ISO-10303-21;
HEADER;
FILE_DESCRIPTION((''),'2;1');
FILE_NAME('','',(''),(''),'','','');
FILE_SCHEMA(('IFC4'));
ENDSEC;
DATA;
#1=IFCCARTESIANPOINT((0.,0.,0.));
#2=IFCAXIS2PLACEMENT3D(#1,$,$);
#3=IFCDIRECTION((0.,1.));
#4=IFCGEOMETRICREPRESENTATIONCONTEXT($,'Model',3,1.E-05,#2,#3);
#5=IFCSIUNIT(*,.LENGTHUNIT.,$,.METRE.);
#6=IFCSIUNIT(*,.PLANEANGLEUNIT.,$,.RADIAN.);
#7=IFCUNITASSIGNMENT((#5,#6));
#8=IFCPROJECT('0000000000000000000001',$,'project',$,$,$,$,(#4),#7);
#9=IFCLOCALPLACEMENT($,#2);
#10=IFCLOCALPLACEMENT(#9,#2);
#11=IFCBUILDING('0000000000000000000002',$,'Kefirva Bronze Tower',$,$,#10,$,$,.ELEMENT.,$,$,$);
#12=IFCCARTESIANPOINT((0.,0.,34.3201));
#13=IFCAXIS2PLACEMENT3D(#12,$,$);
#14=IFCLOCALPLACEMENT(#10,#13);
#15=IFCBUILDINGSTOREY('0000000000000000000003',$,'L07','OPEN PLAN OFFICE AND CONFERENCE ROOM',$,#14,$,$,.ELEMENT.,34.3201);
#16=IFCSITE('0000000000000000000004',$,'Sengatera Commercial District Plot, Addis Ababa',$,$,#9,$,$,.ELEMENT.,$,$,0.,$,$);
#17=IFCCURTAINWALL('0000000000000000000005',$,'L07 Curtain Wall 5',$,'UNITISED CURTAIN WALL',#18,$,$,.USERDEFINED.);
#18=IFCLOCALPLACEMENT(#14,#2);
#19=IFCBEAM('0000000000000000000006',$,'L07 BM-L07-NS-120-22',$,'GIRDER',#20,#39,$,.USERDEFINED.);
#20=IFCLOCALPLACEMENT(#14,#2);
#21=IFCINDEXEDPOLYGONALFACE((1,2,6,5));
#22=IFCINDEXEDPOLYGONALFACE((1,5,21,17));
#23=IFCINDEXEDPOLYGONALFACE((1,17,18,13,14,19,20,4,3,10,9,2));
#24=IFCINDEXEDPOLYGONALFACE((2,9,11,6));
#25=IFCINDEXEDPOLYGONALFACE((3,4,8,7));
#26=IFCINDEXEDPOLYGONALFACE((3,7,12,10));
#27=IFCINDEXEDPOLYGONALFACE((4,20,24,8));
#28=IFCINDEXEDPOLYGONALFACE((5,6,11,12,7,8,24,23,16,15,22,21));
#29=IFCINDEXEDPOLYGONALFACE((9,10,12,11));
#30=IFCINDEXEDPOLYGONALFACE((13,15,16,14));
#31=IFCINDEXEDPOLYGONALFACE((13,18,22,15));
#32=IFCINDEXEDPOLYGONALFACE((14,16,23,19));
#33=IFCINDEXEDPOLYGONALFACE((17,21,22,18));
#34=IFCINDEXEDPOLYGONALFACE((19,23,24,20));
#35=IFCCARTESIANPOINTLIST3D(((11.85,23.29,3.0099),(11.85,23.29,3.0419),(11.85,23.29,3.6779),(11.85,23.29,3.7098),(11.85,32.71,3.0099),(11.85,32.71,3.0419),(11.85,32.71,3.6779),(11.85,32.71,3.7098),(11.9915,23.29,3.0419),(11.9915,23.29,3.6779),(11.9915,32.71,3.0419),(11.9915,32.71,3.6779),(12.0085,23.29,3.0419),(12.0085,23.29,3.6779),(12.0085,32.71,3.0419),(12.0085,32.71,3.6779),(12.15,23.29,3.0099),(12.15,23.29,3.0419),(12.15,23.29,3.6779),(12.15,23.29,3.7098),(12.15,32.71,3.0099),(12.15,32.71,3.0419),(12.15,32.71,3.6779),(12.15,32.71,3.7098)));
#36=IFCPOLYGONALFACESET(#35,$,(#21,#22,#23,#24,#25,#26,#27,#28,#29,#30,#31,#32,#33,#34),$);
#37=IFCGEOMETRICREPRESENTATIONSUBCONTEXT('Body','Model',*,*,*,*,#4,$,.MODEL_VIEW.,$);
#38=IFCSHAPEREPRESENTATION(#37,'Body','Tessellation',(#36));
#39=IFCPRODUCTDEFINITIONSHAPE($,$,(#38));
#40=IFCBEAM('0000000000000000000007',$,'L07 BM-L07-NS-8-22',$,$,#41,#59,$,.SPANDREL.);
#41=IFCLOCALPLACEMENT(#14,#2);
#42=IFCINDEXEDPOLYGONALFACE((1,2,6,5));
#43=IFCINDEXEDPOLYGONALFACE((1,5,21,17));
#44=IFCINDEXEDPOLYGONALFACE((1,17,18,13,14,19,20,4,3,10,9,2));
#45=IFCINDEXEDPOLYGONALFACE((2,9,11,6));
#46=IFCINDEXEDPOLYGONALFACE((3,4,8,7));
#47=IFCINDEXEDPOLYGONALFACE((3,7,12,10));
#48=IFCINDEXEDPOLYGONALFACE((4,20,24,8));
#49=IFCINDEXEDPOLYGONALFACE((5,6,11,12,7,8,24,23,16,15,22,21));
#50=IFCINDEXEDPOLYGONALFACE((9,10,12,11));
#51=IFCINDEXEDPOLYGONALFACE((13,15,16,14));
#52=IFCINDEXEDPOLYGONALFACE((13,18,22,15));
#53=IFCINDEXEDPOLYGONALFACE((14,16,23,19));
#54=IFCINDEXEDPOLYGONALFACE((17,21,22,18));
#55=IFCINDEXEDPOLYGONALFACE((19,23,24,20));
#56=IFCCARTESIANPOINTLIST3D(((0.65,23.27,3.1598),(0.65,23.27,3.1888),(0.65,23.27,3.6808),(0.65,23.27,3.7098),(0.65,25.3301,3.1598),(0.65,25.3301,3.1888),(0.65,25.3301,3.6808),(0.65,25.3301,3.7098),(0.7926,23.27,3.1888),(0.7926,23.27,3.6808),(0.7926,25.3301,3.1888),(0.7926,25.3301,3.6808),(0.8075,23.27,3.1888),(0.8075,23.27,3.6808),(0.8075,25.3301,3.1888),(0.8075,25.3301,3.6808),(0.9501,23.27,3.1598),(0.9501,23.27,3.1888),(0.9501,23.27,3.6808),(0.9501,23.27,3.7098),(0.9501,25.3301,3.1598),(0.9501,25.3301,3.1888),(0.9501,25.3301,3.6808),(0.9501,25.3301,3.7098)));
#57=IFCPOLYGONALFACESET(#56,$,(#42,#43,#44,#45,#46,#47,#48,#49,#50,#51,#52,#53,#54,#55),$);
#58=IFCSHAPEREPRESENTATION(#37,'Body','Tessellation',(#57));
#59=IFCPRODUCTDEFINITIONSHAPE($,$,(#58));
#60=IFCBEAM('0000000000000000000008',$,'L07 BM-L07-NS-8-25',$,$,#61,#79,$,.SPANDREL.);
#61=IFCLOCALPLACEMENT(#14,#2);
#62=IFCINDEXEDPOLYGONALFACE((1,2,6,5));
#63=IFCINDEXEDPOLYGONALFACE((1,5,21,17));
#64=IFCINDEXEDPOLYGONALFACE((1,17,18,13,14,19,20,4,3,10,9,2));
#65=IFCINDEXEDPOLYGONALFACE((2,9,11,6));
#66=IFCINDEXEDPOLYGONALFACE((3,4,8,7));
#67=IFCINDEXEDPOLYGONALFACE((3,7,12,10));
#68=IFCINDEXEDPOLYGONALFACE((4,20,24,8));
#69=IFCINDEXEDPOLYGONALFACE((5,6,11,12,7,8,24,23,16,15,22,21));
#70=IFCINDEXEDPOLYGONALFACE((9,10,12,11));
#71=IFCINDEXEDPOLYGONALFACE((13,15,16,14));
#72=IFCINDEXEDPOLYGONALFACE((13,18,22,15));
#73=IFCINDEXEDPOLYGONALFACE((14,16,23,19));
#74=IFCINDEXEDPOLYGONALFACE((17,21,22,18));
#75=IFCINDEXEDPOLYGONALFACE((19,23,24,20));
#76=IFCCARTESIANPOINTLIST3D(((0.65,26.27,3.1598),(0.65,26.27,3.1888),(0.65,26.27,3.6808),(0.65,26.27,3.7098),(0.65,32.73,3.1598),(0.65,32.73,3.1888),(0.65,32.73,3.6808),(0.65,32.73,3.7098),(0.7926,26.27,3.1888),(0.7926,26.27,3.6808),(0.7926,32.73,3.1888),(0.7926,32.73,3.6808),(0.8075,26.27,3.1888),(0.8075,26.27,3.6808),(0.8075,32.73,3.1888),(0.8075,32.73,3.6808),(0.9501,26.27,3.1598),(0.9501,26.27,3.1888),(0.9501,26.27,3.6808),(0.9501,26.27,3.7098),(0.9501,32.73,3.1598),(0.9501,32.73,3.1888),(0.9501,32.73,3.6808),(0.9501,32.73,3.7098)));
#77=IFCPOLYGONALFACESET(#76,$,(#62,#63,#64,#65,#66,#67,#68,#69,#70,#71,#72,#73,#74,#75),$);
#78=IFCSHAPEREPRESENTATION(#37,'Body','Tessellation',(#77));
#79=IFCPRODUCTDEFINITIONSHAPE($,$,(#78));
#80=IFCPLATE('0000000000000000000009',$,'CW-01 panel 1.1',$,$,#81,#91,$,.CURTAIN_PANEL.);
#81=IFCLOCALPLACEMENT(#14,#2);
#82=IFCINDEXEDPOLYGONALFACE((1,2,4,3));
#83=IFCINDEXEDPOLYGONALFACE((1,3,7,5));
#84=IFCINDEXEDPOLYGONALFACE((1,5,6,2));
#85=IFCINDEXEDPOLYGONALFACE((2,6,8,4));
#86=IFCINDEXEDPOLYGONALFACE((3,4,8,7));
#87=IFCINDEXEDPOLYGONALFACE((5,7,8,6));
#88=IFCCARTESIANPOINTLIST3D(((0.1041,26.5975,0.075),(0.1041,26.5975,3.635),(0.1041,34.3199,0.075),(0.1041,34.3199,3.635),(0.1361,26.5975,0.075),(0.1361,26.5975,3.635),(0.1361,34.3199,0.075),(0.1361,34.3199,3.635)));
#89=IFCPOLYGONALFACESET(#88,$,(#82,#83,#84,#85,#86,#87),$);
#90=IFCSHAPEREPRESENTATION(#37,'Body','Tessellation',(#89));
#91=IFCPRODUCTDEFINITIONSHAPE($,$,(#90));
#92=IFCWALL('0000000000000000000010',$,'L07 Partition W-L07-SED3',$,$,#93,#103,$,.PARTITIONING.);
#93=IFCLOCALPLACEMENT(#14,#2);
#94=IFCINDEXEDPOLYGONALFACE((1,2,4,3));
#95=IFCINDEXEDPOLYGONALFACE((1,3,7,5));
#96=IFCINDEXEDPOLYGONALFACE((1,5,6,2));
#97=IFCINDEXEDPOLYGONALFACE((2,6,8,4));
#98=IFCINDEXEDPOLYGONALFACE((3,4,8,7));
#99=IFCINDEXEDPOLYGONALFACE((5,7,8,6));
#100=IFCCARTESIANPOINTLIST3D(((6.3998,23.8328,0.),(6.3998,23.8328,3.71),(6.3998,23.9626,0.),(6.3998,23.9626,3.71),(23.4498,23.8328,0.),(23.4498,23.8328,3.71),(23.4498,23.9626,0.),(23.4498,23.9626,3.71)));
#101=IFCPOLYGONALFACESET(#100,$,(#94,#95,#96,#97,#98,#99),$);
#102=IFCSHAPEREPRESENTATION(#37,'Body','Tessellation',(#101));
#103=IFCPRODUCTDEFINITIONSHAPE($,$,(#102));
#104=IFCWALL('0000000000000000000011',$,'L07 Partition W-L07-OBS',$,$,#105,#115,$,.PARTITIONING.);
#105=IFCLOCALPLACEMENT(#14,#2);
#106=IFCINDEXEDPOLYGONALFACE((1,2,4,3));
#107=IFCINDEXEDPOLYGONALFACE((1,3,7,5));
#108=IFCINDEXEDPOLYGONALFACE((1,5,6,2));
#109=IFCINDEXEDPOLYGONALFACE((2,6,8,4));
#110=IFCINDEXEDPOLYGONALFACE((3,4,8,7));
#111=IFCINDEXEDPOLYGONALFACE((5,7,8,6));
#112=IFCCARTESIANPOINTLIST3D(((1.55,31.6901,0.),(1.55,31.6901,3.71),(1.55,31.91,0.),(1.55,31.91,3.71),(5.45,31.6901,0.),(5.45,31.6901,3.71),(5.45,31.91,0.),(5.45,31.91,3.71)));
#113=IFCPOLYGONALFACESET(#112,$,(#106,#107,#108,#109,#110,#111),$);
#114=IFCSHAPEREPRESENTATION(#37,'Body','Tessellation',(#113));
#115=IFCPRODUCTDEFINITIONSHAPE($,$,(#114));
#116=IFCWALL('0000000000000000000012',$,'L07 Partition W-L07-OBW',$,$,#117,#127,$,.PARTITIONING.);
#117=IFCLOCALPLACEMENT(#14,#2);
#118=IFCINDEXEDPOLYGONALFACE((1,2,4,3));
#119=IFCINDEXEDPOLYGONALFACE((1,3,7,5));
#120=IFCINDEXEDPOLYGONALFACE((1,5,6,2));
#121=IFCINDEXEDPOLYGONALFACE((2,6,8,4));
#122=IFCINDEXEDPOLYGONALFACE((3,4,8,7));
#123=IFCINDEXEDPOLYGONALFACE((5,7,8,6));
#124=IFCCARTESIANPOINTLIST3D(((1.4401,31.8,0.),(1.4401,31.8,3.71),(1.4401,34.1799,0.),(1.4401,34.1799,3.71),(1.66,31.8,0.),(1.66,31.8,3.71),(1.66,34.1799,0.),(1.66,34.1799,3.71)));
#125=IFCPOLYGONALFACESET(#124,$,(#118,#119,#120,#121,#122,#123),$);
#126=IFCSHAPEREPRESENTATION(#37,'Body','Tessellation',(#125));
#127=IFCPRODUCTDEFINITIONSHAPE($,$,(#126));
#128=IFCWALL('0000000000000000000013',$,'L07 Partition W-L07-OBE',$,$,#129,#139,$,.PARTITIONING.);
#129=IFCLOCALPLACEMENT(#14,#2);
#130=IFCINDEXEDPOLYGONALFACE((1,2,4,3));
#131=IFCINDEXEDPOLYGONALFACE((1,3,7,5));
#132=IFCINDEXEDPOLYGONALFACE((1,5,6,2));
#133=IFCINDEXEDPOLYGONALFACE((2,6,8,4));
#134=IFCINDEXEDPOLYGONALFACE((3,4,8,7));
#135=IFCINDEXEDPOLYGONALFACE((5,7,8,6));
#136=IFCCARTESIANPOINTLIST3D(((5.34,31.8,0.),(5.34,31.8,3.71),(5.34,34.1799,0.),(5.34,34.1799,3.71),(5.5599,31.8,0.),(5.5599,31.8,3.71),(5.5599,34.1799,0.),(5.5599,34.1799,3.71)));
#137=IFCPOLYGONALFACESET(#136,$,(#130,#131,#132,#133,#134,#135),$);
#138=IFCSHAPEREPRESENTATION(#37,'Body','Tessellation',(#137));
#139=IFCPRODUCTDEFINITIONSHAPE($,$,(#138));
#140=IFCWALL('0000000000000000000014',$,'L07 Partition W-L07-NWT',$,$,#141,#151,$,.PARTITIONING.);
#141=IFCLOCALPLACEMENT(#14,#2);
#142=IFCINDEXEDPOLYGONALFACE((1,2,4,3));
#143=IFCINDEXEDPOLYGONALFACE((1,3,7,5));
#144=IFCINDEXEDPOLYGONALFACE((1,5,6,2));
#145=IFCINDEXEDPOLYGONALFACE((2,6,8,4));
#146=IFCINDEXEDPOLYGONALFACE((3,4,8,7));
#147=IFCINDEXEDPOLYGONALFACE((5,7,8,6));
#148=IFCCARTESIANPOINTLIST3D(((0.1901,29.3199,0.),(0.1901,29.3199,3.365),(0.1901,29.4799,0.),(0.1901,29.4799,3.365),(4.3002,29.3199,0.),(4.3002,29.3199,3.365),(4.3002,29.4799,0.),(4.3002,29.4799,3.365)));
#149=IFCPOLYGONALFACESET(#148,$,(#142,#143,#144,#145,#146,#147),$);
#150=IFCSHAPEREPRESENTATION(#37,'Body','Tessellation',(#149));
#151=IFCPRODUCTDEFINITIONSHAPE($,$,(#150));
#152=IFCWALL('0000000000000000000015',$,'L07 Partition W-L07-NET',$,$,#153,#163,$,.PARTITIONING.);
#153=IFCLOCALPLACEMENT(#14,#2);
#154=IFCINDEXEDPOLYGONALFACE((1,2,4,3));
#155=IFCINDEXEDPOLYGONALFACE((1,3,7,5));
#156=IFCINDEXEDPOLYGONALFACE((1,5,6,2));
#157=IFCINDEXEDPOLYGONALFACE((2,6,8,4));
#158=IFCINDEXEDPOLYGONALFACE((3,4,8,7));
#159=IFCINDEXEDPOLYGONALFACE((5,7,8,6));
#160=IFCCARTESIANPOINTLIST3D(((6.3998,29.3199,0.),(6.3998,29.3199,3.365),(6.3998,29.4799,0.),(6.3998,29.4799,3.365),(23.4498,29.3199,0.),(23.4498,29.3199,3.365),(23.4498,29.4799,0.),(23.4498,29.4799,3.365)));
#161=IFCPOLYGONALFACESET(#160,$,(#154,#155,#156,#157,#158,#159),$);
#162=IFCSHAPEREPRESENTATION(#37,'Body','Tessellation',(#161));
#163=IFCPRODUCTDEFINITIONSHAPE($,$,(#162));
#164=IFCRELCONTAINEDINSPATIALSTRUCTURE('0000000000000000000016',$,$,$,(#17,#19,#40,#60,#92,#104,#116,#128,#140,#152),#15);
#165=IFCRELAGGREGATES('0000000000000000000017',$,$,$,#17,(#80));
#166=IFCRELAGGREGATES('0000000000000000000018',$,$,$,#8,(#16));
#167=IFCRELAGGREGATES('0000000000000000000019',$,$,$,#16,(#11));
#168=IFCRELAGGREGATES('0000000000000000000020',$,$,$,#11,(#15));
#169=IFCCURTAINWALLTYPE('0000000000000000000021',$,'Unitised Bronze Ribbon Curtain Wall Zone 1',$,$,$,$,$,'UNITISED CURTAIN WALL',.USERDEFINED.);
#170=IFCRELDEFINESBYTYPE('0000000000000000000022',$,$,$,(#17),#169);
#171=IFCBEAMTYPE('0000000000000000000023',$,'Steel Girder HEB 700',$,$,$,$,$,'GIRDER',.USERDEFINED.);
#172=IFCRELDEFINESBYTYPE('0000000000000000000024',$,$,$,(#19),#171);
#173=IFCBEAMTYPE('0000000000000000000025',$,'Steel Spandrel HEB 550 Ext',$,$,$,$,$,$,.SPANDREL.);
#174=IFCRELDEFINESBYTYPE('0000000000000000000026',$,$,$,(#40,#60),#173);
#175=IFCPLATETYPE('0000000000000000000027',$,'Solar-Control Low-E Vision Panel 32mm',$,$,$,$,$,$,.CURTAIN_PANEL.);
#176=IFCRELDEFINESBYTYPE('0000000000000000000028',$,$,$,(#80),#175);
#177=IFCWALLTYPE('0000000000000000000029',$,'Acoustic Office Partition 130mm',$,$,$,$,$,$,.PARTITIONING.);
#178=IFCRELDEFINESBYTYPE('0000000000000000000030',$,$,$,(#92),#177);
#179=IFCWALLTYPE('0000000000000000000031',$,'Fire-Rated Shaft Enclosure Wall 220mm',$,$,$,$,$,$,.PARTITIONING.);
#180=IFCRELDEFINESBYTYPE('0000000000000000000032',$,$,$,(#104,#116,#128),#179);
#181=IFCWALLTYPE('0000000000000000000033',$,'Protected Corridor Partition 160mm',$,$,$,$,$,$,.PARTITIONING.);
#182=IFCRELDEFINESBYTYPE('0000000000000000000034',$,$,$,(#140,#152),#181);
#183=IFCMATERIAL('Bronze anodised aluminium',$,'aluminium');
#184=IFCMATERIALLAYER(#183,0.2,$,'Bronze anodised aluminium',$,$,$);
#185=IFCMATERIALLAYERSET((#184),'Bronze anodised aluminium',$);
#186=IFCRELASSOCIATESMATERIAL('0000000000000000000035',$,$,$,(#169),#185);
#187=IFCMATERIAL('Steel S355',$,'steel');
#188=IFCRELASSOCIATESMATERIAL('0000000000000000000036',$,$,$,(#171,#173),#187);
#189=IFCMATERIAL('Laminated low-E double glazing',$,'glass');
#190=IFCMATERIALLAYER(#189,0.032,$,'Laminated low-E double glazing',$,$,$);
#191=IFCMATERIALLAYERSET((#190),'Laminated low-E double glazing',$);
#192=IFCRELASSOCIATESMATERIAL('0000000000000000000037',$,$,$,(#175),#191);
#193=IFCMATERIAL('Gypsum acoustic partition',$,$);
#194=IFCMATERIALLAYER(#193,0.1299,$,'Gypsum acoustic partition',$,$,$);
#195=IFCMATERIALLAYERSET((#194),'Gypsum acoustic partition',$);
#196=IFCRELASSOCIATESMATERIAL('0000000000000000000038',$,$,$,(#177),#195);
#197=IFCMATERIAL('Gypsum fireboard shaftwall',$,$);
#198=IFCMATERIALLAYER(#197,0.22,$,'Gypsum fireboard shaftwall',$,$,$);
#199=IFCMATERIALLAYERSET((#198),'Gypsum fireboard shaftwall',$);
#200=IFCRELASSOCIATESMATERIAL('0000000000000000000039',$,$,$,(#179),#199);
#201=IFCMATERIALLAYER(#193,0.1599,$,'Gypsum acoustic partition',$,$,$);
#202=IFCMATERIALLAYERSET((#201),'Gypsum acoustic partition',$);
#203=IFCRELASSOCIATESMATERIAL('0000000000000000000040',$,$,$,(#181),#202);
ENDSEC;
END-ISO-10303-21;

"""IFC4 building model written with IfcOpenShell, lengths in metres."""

from ifc_helpers import new_model, si_unit, direction, frame, frame_2d, origin, origin_2d, place, context, subcontext, project, spatial, rectangle, i_section, extrude, material, layer, layer_set, material_profile, profile_set, type_object, element, aggregate, save


model = new_model("IFC4")

# Units and contexts
model_context = context("Model", 3, precision=1e-05, world=origin(), true_north=direction((0.0, 1.0)))
body_context = subcontext(model_context, "Body", "Model", "MODEL_VIEW")
ifc_project = project(units=[si_unit("LENGTHUNIT", "METRE"), si_unit("PLANEANGLEUNIT", "RADIAN")], contexts=[model_context])

# Site, building, storey
site_placement = place(None, origin())
site = spatial("IfcSite", under=ifc_project, at=site_placement, Name="Sengatera Commercial District Plot, Addis Ababa", CompositionType="ELEMENT", RefElevation=0.0)
building_placement = place(site_placement, origin())
building = spatial("IfcBuilding", under=site, at=building_placement, Name="Kefirva Bronze Tower", CompositionType="ELEMENT")
storey_placement = place(building_placement, frame((0.0, 0.0, 34.3201)))
storey = spatial("IfcBuildingStorey", under=building, at=storey_placement, Name="L07", Description="OPEN PLAN OFFICE AND CONFERENCE ROOM", CompositionType="ELEMENT", Elevation=34.3201)

# Curtain wall
ifc_material_1 = material(Name="Bronze anodised aluminium", Category="aluminium")
ifc_layer_1 = layer(ifc_material_1, 0.2, Name="Bronze anodised aluminium")
ifc_layer_set_1 = layer_set([ifc_layer_1], Name="Bronze anodised aluminium")
curtain_wall_type = type_object("IfcCurtainWallType", Name="Unitised Bronze Ribbon Curtain Wall Zone 1", ElementType="UNITISED CURTAIN WALL", PredefinedType="USERDEFINED", material=ifc_layer_set_1)
curtain_wall_placement = place(storey_placement, origin())
curtain_wall = element("IfcCurtainWall", 1, at=curtain_wall_placement, inside=storey, type_object=curtain_wall_type, Name="L07 Curtain Wall 5", ObjectType="UNITISED CURTAIN WALL", PredefinedType="USERDEFINED")

# Beams
ifc_material_2 = material(Name="Steel S355", Category="steel")
ifc_material_profile_1 = material_profile(ifc_material_2, i_section(OverallWidth=0.3, OverallDepth=0.7, WebThickness=0.0171, FlangeThickness=0.032, at=origin_2d()), Name="HEB 700")
ifc_profile_set_1 = profile_set([ifc_material_profile_1], Name="Steel S355")
beam_type_1 = type_object("IfcBeamType", Name="Steel Girder HEB 700", ElementType="GIRDER", PredefinedType="USERDEFINED", material=ifc_profile_set_1)
beam_1_placement = place(storey_placement, frame((12.0, 23.29, 3.3599), z_axis=(0.0, 1.0, 0.0), x_axis=(-1.0, 0.0, 0.0)))
element("IfcBeam", 2, at=beam_1_placement, inside=storey, type_object=beam_type_1, Name="L07 BM-L07-NS-120-22", ObjectType="GIRDER", PredefinedType="USERDEFINED", context=body_context, shape_type="SweptSolid", body=[
    extrude(i_section(OverallWidth=0.3, OverallDepth=0.7, WebThickness=0.0171, FlangeThickness=0.032, at=origin_2d()), origin(), (0.0, 0.0, 1.0), 9.4199),
])
ifc_material_profile_2 = material_profile(ifc_material_2, i_section(OverallWidth=0.3, OverallDepth=0.55, WebThickness=0.0149, FlangeThickness=0.0291, at=origin_2d()), Name="HEB 550")
ifc_profile_set_2 = profile_set([ifc_material_profile_2], Name="Steel S355")
beam_type_2 = type_object("IfcBeamType", Name="Steel Spandrel HEB 550 Ext", PredefinedType="SPANDREL", material=ifc_profile_set_2)
beam_2_placement = place(storey_placement, frame((0.8, 23.27, 3.4348), z_axis=(0.0, 1.0, 0.0), x_axis=(-1.0, 0.0, 0.0)))
element("IfcBeam", 3, at=beam_2_placement, inside=storey, type_object=beam_type_2, Name="L07 BM-L07-NS-8-22", PredefinedType="SPANDREL", context=body_context, shape_type="SweptSolid", body=[
    extrude(i_section(OverallWidth=0.3, OverallDepth=0.55, WebThickness=0.0149, FlangeThickness=0.0291, at=origin_2d()), origin(), (0.0, 0.0, 1.0), 2.0601),
])
beam_3_placement = place(storey_placement, frame((0.8, 26.27, 3.4348), z_axis=(0.0, 1.0, 0.0), x_axis=(-1.0, 0.0, 0.0)))
element("IfcBeam", 4, at=beam_3_placement, inside=storey, type_object=beam_type_2, Name="L07 BM-L07-NS-8-25", PredefinedType="SPANDREL", context=body_context, shape_type="SweptSolid", body=[
    extrude(i_section(OverallWidth=0.3, OverallDepth=0.55, WebThickness=0.0149, FlangeThickness=0.0291, at=origin_2d()), origin(), (0.0, 0.0, 1.0), 6.46),
])

# Plate
ifc_material_3 = material(Name="Laminated low-E double glazing", Category="glass")
ifc_layer_2 = layer(ifc_material_3, 0.032, Name="Laminated low-E double glazing")
ifc_layer_set_2 = layer_set([ifc_layer_2], Name="Laminated low-E double glazing")
plate_type = type_object("IfcPlateType", Name="Solar-Control Low-E Vision Panel 32mm", PredefinedType="CURTAIN_PANEL", material=ifc_layer_set_2)
plate_placement = place(storey_placement, frame((0.1201, 30.4587, 0.075), z_axis=(0.0, 0.0, 1.0), x_axis=(0.0, -1.0, 0.0)))
plate = element("IfcPlate", 5, at=plate_placement, type_object=plate_type, Name="CW-01 panel 1.1", PredefinedType="CURTAIN_PANEL", context=body_context, shape_type="SweptSolid", body=[
    extrude(rectangle(XDim=7.7224, YDim=0.032, at=origin_2d()), origin(), (0.0, 0.0, 1.0), 3.5601),
])
aggregate(curtain_wall, [plate])

# Walls
ifc_material_4 = material(Name="Gypsum acoustic partition")
ifc_layer_3 = layer(ifc_material_4, 0.1299, Name="Gypsum acoustic partition")
ifc_layer_set_3 = layer_set([ifc_layer_3], Name="Gypsum acoustic partition")
wall_type_1 = type_object("IfcWallType", Name="Acoustic Office Partition 130mm", PredefinedType="PARTITIONING", material=ifc_layer_set_3)
wall_1_placement = place(storey_placement, frame((6.3999, 23.8977, 0.0), z_axis=(0.0, 0.0, 1.0), x_axis=(1.0, 0.0, 0.0)))
element("IfcWall", 6, at=wall_1_placement, inside=storey, type_object=wall_type_1, Name="L07 Partition W-L07-SED3", PredefinedType="PARTITIONING", context=body_context, shape_type="SweptSolid", body=[
    extrude(rectangle(XDim=17.05, YDim=0.1299, at=frame_2d((8.5249, 0.0))), origin(), (0.0, 0.0, 1.0), 3.71),
])
ifc_material_5 = material(Name="Gypsum fireboard shaftwall")
ifc_layer_4 = layer(ifc_material_5, 0.22, Name="Gypsum fireboard shaftwall")
ifc_layer_set_4 = layer_set([ifc_layer_4], Name="Gypsum fireboard shaftwall")
wall_type_2 = type_object("IfcWallType", Name="Fire-Rated Shaft Enclosure Wall 220mm", PredefinedType="PARTITIONING", material=ifc_layer_set_4)
wall_2_placement = place(storey_placement, frame((1.55, 31.8, 0.0), z_axis=(0.0, 0.0, 1.0), x_axis=(1.0, 0.0, 0.0)))
element("IfcWall", 7, at=wall_2_placement, inside=storey, type_object=wall_type_2, Name="L07 Partition W-L07-OBS", PredefinedType="PARTITIONING", context=body_context, shape_type="SweptSolid", body=[
    extrude(rectangle(XDim=3.8999, YDim=0.22, at=frame_2d((1.95, 0.0))), origin(), (0.0, 0.0, 1.0), 3.71),
])
for number, where, z_axis, x_axis, name in (
    (8, (1.55, 31.8, 0.0), (0.0, 0.0, 1.0), (0.0, 1.0, 0.0), "L07 Partition W-L07-OBW"),
    (9, (5.45, 31.8, 0.0), (0.0, 0.0, 1.0), (0.0, 1.0, 0.0), "L07 Partition W-L07-OBE"),
):
    element("IfcWall", number, at=place(storey_placement, frame(where, z_axis=z_axis, x_axis=x_axis)), inside=storey, type_object=wall_type_2, Name=name, PredefinedType="PARTITIONING", context=body_context, shape_type="SweptSolid", body=[
        extrude(rectangle(XDim=2.3799, YDim=0.22, at=frame_2d((1.1899, 0.0))), origin(), (0.0, 0.0, 1.0), 3.71),
    ])
ifc_layer_5 = layer(ifc_material_4, 0.1599, Name="Gypsum acoustic partition")
ifc_layer_set_5 = layer_set([ifc_layer_5], Name="Gypsum acoustic partition")
wall_type_3 = type_object("IfcWallType", Name="Protected Corridor Partition 160mm", PredefinedType="PARTITIONING", material=ifc_layer_set_5)
wall_3_placement = place(storey_placement, frame((0.1899, 29.3999, 0.0), z_axis=(0.0, 0.0, 1.0), x_axis=(1.0, 0.0, 0.0)))
element("IfcWall", 10, at=wall_3_placement, inside=storey, type_object=wall_type_3, Name="L07 Partition W-L07-NWT", PredefinedType="PARTITIONING", context=body_context, shape_type="SweptSolid", body=[
    extrude(rectangle(XDim=4.1101, YDim=0.1599, at=frame_2d((2.0552, 0.0))), origin(), (0.0, 0.0, 1.0), 3.365),
])
wall_4_placement = place(storey_placement, frame((6.3999, 29.3999, 0.0), z_axis=(0.0, 0.0, 1.0), x_axis=(1.0, 0.0, 0.0)))
element("IfcWall", 11, at=wall_4_placement, inside=storey, type_object=wall_type_3, Name="L07 Partition W-L07-NET", PredefinedType="PARTITIONING", context=body_context, shape_type="SweptSolid", body=[
    extrude(rectangle(XDim=17.05, YDim=0.1599, at=frame_2d((8.5249, 0.0))), origin(), (0.0, 0.0, 1.0), 3.365),
])

save(model, "model.ifc")
